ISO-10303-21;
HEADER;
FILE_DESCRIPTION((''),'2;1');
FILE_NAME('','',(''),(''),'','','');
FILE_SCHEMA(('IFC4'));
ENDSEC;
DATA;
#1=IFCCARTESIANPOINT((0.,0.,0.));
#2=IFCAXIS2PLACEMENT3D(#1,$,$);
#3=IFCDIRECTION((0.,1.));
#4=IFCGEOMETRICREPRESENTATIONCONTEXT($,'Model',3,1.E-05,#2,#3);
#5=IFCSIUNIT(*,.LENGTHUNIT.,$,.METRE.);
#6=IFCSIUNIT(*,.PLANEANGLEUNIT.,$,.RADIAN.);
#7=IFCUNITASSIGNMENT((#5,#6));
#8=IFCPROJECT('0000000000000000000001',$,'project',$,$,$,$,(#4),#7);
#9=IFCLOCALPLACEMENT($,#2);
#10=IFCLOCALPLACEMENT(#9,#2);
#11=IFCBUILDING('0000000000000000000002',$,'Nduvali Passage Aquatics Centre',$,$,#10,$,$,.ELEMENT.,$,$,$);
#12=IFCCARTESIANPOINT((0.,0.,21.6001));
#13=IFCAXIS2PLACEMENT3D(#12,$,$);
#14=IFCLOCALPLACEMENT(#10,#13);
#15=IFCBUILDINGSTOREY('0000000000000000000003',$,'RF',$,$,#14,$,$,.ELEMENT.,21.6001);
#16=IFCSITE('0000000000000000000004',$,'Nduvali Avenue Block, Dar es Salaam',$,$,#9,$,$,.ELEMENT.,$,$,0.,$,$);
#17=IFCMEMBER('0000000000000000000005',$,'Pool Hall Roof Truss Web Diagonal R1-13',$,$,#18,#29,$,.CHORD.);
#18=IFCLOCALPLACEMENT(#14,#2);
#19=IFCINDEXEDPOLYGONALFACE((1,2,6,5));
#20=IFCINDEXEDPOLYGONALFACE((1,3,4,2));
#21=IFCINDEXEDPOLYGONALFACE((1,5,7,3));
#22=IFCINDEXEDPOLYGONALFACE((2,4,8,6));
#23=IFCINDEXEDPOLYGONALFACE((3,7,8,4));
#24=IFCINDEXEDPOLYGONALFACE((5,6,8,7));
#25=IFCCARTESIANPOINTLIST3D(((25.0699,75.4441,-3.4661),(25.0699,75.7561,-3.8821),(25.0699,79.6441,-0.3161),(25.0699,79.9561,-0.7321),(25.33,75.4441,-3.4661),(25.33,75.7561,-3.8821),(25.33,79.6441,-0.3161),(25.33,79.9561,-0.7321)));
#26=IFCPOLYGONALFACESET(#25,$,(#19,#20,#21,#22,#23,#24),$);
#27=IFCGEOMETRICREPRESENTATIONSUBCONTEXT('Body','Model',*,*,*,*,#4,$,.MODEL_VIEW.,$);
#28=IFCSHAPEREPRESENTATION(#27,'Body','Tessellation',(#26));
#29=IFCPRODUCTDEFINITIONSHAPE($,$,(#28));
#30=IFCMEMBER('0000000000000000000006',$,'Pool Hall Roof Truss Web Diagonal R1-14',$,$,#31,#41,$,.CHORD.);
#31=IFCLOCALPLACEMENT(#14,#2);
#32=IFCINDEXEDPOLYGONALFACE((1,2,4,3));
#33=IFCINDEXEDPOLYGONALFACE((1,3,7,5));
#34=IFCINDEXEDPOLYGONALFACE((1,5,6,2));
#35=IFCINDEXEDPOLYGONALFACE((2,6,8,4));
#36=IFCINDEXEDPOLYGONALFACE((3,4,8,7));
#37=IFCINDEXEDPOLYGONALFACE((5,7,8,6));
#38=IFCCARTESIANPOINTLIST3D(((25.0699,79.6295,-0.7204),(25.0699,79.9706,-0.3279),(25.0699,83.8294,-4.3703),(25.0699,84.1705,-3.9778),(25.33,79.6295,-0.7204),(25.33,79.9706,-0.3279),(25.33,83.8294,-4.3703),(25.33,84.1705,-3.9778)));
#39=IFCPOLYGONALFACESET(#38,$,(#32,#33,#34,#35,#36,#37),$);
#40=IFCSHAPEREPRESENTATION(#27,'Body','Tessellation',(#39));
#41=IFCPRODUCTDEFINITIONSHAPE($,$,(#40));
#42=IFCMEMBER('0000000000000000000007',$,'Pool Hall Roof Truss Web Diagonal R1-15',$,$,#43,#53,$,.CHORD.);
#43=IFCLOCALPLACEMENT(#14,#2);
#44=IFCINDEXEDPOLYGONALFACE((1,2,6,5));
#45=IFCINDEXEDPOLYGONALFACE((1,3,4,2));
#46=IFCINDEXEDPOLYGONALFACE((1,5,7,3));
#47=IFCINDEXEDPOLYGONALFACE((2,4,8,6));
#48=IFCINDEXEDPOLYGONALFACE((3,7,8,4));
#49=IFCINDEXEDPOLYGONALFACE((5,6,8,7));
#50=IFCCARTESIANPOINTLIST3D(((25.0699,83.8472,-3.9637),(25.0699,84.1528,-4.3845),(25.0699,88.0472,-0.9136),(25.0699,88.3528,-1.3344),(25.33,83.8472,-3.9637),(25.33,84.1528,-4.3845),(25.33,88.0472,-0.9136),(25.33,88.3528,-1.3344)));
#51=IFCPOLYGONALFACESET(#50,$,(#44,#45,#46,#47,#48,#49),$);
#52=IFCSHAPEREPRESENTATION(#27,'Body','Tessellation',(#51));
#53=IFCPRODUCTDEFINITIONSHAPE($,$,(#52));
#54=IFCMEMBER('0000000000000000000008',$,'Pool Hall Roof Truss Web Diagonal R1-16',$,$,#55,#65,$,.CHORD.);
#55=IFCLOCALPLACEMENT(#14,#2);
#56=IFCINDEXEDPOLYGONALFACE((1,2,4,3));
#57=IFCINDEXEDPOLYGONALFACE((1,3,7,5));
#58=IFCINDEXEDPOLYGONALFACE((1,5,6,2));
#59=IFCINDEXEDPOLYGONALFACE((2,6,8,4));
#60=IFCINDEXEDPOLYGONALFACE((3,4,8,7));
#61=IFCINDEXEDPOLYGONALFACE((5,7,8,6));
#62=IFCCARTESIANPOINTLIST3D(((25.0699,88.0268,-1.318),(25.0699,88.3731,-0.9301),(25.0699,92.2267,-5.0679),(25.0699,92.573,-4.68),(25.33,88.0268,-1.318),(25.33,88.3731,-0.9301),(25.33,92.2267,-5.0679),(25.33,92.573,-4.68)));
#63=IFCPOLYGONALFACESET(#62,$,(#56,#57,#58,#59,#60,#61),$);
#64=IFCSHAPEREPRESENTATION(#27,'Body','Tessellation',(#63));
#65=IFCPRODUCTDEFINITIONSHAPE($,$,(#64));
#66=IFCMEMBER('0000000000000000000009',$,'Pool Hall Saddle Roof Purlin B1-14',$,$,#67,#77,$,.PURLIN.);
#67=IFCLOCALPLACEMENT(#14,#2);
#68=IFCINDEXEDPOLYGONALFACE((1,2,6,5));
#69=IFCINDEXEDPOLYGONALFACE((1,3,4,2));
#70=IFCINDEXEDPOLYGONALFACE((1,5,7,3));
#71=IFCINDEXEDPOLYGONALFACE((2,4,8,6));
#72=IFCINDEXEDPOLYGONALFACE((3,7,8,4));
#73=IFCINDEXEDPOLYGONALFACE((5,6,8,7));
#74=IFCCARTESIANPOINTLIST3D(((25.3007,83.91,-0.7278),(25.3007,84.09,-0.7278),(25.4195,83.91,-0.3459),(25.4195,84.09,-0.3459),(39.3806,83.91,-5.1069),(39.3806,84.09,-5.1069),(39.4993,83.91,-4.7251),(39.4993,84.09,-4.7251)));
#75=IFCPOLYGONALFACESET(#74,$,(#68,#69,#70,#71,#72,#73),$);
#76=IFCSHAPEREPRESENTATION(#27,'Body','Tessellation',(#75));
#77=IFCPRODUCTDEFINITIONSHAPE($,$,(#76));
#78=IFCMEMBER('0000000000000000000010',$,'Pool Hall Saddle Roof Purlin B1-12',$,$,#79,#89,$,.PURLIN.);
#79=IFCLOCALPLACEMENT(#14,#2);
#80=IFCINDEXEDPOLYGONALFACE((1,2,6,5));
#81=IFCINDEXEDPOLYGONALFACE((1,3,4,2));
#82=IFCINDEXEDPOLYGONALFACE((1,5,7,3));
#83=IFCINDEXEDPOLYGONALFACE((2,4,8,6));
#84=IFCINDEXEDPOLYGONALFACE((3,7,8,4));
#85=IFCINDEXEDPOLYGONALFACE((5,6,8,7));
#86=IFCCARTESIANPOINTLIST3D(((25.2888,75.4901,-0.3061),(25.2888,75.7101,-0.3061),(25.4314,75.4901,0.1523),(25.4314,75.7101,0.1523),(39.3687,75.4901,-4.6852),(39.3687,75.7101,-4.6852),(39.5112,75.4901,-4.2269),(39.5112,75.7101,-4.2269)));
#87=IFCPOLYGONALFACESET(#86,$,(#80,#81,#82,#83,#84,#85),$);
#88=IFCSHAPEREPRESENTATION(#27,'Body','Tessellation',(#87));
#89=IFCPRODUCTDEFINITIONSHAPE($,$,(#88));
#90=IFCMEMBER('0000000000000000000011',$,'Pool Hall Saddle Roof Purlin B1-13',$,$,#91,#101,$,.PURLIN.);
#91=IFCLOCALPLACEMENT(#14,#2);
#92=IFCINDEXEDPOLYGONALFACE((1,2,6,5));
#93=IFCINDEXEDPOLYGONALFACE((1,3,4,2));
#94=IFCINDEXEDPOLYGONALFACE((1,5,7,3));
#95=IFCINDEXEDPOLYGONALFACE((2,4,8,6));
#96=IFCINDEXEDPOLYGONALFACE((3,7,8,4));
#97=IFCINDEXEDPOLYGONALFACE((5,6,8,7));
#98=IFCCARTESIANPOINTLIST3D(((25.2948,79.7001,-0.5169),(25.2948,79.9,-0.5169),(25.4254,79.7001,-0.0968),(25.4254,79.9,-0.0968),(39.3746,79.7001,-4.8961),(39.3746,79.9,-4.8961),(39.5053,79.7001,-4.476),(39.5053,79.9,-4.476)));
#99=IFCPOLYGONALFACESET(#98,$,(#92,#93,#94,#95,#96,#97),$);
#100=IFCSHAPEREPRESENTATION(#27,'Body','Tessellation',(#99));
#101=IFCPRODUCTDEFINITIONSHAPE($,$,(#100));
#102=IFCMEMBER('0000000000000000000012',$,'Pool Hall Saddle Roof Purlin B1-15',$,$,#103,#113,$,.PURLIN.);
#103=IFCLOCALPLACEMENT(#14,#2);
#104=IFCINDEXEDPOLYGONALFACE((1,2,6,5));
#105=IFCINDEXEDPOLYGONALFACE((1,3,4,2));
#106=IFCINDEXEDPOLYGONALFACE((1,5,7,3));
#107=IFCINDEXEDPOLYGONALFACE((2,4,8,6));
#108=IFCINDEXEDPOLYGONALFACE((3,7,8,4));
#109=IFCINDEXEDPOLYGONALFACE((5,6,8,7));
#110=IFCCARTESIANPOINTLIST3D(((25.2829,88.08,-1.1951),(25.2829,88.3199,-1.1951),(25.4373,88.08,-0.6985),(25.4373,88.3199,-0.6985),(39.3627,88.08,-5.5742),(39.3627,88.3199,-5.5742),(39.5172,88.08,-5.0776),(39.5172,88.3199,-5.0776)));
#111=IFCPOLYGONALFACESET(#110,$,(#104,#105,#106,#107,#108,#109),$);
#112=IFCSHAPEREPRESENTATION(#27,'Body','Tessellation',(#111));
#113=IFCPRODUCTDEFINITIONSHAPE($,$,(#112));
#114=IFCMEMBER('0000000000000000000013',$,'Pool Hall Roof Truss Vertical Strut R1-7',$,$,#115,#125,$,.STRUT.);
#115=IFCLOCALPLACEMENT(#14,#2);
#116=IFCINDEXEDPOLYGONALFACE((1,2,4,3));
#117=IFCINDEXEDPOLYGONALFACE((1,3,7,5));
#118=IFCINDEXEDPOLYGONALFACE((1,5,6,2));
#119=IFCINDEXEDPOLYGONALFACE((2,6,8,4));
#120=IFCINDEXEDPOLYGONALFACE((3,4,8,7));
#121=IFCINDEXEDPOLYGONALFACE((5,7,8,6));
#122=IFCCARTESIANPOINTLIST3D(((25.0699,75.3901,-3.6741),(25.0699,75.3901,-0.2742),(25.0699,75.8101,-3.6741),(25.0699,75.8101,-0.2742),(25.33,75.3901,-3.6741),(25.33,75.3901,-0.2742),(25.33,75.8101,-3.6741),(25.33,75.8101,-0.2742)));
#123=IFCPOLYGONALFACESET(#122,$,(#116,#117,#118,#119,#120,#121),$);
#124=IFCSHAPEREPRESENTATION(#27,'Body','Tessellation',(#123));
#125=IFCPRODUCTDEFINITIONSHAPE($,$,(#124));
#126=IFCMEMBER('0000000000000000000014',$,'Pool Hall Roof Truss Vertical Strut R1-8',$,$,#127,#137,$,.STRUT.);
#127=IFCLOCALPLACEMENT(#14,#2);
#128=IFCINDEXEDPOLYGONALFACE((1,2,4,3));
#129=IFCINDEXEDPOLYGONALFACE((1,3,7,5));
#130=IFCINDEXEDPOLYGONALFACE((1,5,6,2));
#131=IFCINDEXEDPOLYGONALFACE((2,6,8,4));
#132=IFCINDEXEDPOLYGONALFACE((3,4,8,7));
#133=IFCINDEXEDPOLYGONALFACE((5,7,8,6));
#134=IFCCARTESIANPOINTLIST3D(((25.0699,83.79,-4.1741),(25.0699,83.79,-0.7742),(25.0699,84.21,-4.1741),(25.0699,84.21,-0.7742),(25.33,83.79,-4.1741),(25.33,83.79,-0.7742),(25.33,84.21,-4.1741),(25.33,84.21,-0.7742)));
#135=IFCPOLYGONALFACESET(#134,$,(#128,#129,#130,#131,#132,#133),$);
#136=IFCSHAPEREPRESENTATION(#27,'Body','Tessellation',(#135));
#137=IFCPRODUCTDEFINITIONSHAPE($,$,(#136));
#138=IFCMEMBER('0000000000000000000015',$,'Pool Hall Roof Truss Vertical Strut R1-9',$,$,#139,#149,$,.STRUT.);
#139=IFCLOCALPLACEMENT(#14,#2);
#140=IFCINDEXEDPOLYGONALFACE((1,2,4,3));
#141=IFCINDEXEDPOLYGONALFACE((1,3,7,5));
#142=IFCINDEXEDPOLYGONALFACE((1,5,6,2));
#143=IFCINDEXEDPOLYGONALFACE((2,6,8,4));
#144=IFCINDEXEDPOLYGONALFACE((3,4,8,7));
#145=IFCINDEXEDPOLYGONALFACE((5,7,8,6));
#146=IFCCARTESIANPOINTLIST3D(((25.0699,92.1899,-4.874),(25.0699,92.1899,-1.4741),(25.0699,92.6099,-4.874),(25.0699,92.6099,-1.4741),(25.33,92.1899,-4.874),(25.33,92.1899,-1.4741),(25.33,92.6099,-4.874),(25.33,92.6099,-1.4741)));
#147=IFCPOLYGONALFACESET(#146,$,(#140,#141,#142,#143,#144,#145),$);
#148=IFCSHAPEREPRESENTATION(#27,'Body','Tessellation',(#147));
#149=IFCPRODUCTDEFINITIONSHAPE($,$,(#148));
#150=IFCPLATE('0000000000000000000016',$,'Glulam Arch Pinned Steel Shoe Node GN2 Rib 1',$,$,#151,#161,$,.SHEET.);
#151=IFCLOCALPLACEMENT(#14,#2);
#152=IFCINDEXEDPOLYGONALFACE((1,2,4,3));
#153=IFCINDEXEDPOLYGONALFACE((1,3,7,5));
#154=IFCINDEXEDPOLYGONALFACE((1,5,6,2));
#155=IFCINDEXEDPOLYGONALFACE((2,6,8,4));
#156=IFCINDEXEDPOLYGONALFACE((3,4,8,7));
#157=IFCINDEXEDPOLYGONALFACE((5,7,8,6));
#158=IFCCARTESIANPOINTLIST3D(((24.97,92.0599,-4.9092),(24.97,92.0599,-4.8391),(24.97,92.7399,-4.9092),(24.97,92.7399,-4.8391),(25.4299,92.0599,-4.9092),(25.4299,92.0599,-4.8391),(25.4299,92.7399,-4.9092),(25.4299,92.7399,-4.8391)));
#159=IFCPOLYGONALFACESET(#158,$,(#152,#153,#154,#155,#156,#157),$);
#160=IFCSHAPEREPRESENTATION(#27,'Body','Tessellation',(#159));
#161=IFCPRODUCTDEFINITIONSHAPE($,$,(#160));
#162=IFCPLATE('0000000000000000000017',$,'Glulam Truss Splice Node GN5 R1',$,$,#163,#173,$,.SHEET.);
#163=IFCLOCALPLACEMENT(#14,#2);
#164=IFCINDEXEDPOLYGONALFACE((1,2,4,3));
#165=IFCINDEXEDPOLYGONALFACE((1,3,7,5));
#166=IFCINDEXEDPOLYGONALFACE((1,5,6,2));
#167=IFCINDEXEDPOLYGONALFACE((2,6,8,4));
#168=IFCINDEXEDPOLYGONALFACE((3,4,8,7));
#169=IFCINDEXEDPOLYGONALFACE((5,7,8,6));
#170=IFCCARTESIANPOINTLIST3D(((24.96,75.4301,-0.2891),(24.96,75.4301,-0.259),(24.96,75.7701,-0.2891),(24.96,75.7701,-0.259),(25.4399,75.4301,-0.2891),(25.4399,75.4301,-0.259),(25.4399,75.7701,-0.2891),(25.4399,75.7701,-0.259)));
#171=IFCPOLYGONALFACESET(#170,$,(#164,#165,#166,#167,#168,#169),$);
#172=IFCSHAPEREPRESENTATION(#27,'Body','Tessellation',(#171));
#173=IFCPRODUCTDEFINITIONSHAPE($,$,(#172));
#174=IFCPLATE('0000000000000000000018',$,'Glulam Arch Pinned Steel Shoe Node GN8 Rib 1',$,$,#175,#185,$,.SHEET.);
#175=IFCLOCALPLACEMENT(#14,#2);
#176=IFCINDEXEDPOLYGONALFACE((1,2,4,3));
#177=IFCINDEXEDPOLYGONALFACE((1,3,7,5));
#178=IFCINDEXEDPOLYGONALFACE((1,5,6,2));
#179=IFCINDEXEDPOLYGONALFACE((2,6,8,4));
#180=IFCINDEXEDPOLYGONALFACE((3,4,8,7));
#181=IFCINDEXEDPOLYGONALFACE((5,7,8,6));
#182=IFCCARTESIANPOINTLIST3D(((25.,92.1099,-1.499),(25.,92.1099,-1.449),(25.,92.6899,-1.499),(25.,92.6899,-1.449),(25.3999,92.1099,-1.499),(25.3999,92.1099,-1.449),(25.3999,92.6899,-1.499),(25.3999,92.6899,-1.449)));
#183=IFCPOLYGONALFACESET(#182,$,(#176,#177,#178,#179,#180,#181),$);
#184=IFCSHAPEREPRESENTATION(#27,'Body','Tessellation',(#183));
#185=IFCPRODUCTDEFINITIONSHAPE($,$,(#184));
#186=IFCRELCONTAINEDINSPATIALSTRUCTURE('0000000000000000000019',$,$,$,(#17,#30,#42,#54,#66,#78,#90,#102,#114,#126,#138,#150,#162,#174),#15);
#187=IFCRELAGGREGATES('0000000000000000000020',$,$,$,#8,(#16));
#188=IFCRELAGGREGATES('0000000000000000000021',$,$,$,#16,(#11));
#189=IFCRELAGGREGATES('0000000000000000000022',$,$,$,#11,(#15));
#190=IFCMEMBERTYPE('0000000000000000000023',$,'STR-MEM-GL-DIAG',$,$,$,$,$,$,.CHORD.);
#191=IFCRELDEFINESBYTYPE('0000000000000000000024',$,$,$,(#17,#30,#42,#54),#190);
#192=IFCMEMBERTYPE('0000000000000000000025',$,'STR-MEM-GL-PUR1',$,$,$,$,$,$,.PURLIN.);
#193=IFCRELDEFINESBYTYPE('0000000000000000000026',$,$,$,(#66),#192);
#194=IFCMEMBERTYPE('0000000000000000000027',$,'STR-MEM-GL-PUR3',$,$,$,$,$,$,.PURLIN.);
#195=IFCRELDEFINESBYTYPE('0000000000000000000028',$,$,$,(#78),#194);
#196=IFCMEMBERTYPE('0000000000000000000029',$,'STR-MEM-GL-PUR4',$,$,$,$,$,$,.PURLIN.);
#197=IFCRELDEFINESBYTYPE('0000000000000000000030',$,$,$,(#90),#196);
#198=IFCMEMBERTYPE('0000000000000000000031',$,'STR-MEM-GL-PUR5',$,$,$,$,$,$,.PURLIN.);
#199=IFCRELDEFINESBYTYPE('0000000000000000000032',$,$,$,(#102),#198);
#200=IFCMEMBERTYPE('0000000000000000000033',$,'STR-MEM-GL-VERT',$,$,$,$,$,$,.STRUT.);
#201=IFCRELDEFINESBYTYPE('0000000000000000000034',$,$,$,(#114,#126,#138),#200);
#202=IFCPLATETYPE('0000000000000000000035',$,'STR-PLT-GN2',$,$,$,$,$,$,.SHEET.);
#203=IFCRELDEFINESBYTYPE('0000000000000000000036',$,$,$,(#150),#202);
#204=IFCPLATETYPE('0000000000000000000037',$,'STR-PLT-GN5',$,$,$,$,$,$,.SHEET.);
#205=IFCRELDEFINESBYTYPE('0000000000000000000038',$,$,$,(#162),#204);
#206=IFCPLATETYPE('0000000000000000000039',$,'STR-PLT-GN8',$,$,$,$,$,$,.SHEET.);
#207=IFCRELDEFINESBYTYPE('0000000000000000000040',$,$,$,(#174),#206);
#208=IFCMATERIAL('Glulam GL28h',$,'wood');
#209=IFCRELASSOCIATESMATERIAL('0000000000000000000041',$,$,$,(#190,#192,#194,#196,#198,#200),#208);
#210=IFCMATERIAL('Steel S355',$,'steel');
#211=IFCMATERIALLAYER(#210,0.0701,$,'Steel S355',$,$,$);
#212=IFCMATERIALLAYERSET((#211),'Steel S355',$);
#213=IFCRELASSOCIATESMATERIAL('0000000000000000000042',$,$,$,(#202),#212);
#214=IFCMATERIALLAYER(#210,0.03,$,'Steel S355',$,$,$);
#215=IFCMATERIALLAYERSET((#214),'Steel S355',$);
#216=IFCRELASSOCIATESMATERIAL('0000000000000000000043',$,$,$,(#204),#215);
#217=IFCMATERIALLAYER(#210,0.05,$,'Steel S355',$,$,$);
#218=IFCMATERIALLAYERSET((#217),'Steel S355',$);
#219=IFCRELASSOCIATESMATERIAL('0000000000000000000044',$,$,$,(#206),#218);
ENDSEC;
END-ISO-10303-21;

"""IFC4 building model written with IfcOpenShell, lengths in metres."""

from ifc_helpers import new_model, si_unit, direction, frame, origin, origin_2d, place, context, subcontext, project, spatial, rectangle, extrude, material, layer, layer_set, material_profile, profile_set, type_object, element, save


model = new_model("IFC4")

# Units and contexts
model_context = context("Model", 3, precision=1e-05, world=origin(), true_north=direction((0.0, 1.0)))
body_context = subcontext(model_context, "Body", "Model", "MODEL_VIEW")
ifc_project = project(units=[si_unit("LENGTHUNIT", "METRE"), si_unit("PLANEANGLEUNIT", "RADIAN")], contexts=[model_context])

# Site, building, storey
site_placement = place(None, origin())
site = spatial("IfcSite", under=ifc_project, at=site_placement, Name="Nduvali Avenue Block, Dar es Salaam", CompositionType="ELEMENT", RefElevation=0.0)
building_placement = place(site_placement, origin())
building = spatial("IfcBuilding", under=site, at=building_placement, Name="Nduvali Passage Aquatics Centre", CompositionType="ELEMENT")
storey_placement = place(building_placement, frame((0.0, 0.0, 21.6001)))
storey = spatial("IfcBuildingStorey", under=building, at=storey_placement, Name="RF", CompositionType="ELEMENT", Elevation=21.6001)

# Shared definitions
ifc_material_1 = material(Name="Steel S355", Category="steel")

# Members
ifc_material_2 = material(Name="Glulam GL28h", Category="wood")
ifc_material_profile_1 = material_profile(ifc_material_2, rectangle(XDim=0.26, YDim=0.52, at=origin_2d()), Name="GL28h 260x520")
ifc_profile_set_1 = profile_set([ifc_material_profile_1], Name="Glulam GL28h")
member_type_1 = type_object("IfcMemberType", Name="STR-MEM-GL-DIAG", PredefinedType="CHORD", material=ifc_profile_set_1)
member_1_placement = place(storey_placement, frame((25.2, 75.6001, -3.6741), z_axis=(0.0, 0.800006, 0.599993), x_axis=(-1.0, 0.0, 0.0)))
element("IfcMember", 1, at=member_1_placement, inside=storey, type_object=member_type_1, Name="Pool Hall Roof Truss Web Diagonal R1-13", PredefinedType="CHORD", context=body_context, shape_type="SweptSolid", body=[
    extrude(rectangle(XDim=0.26, YDim=0.52, at=origin_2d()), origin(), (0.0, 0.0, 1.0), 5.25),
])
member_2_placement = place(storey_placement, frame((25.2, 79.8, -0.5242), z_axis=(0.0, 0.754804, -0.655951), x_axis=(-1.0, 0.0, 0.0)))
element("IfcMember", 2, at=member_2_placement, inside=storey, type_object=member_type_1, Name="Pool Hall Roof Truss Web Diagonal R1-14", PredefinedType="CHORD", context=body_context, shape_type="SweptSolid", body=[
    extrude(rectangle(XDim=0.26, YDim=0.52, at=origin_2d()), origin(), (0.0, 0.0, 1.0), 5.5642),
])
member_3_placement = place(storey_placement, frame((25.2, 84.0, -4.1741), z_axis=(0.0, 0.809145, 0.587609), x_axis=(-1.0, 0.0, 0.0)))
element("IfcMember", 3, at=member_3_placement, inside=storey, type_object=member_type_1, Name="Pool Hall Roof Truss Web Diagonal R1-15", PredefinedType="CHORD", context=body_context, shape_type="SweptSolid", body=[
    extrude(rectangle(XDim=0.26, YDim=0.52, at=origin_2d()), origin(), (0.0, 0.0, 1.0), 5.1907),
])
member_4_placement = place(storey_placement, frame((25.2, 88.2, -1.124), z_axis=(0.0, 0.745934, -0.66602), x_axis=(-1.0, 0.0, 0.0)))
element("IfcMember", 4, at=member_4_placement, inside=storey, type_object=member_type_1, Name="Pool Hall Roof Truss Web Diagonal R1-16", PredefinedType="CHORD", context=body_context, shape_type="SweptSolid", body=[
    extrude(rectangle(XDim=0.26, YDim=0.52, at=origin_2d()), origin(), (0.0, 0.0, 1.0), 5.6304),
])
ifc_material_profile_2 = material_profile(ifc_material_2, rectangle(XDim=0.1799, YDim=0.3999, at=origin_2d()), Name="GL28h 180x400")
ifc_profile_set_2 = profile_set([ifc_material_profile_2], Name="Glulam GL28h")
member_type_2 = type_object("IfcMemberType", Name="STR-MEM-GL-PUR1", PredefinedType="PURLIN", material=ifc_profile_set_2)
member_5_placement = place(storey_placement, frame((25.3601, 84.0, -0.5369), z_axis=(0.954881, 0.0, -0.29699), x_axis=(0.0, 1.0, 0.0)))
element("IfcMember", 5, at=member_5_placement, inside=storey, type_object=member_type_2, Name="Pool Hall Saddle Roof Purlin B1-14", PredefinedType="PURLIN", context=body_context, shape_type="SweptSolid", body=[
    extrude(rectangle(XDim=0.1799, YDim=0.3999, at=origin_2d()), origin(), (0.0, 0.0, 1.0), 14.7451),
])
ifc_material_profile_3 = material_profile(ifc_material_2, rectangle(XDim=0.22, YDim=0.48, at=origin_2d()), Name="GL28h 220x480")
ifc_profile_set_3 = profile_set([ifc_material_profile_3], Name="Glulam GL28h")
member_type_3 = type_object("IfcMemberType", Name="STR-MEM-GL-PUR3", PredefinedType="PURLIN", material=ifc_profile_set_3)
member_6_placement = place(storey_placement, frame((25.3601, 75.6001, -0.0769), z_axis=(0.954881, 0.0, -0.29699), x_axis=(0.0, 1.0, 0.0)))
element("IfcMember", 6, at=member_6_placement, inside=storey, type_object=member_type_3, Name="Pool Hall Saddle Roof Purlin B1-12", PredefinedType="PURLIN", context=body_context, shape_type="SweptSolid", body=[
    extrude(rectangle(XDim=0.22, YDim=0.48, at=origin_2d()), origin(), (0.0, 0.0, 1.0), 14.7451),
])
ifc_material_profile_4 = material_profile(ifc_material_2, rectangle(XDim=0.2, YDim=0.4399, at=origin_2d()), Name="GL28h 200x440")
ifc_profile_set_4 = profile_set([ifc_material_profile_4], Name="Glulam GL28h")
member_type_4 = type_object("IfcMemberType", Name="STR-MEM-GL-PUR4", PredefinedType="PURLIN", material=ifc_profile_set_4)
member_7_placement = place(storey_placement, frame((25.3601, 79.8, -0.3069), z_axis=(0.954881, 0.0, -0.29699), x_axis=(0.0, 1.0, 0.0)))
element("IfcMember", 7, at=member_7_placement, inside=storey, type_object=member_type_4, Name="Pool Hall Saddle Roof Purlin B1-13", PredefinedType="PURLIN", context=body_context, shape_type="SweptSolid", body=[
    extrude(rectangle(XDim=0.2, YDim=0.4399, at=origin_2d()), origin(), (0.0, 0.0, 1.0), 14.7451),
])
ifc_material_profile_5 = material_profile(ifc_material_2, rectangle(XDim=0.24, YDim=0.52, at=origin_2d()), Name="GL28h 240x520")
ifc_profile_set_5 = profile_set([ifc_material_profile_5], Name="Glulam GL28h")
member_type_5 = type_object("IfcMemberType", Name="STR-MEM-GL-PUR5", PredefinedType="PURLIN", material=ifc_profile_set_5)
member_8_placement = place(storey_placement, frame((25.3601, 88.2, -0.9468), z_axis=(0.954881, 0.0, -0.29699), x_axis=(0.0, 1.0, 0.0)))
element("IfcMember", 8, at=member_8_placement, inside=storey, type_object=member_type_5, Name="Pool Hall Saddle Roof Purlin B1-15", PredefinedType="PURLIN", context=body_context, shape_type="SweptSolid", body=[
    extrude(rectangle(XDim=0.24, YDim=0.52, at=origin_2d()), origin(), (0.0, 0.0, 1.0), 14.7451),
])
ifc_material_profile_6 = material_profile(ifc_material_2, rectangle(XDim=0.26, YDim=0.4199, at=origin_2d()), Name="GL28h 260x420")
ifc_profile_set_6 = profile_set([ifc_material_profile_6], Name="Glulam GL28h")
member_type_6 = type_object("IfcMemberType", Name="STR-MEM-GL-VERT", PredefinedType="STRUT", material=ifc_profile_set_6)
for number, where, z_axis, x_axis, name in (
    (9, (25.2, 75.6001, -3.6741), (0.0, 0.0, 1.0), (1.0, 0.0, 0.0), "Pool Hall Roof Truss Vertical Strut R1-7"),
    (10, (25.2, 84.0, -4.1741), (0.0, 0.0, 1.0), (1.0, 0.0, 0.0), "Pool Hall Roof Truss Vertical Strut R1-8"),
    (11, (25.2, 92.3999, -4.874), (0.0, 0.0, 1.0), (1.0, 0.0, 0.0), "Pool Hall Roof Truss Vertical Strut R1-9"),
):
    element("IfcMember", number, at=place(storey_placement, frame(where, z_axis=z_axis, x_axis=x_axis)), inside=storey, type_object=member_type_6, Name=name, PredefinedType="STRUT", context=body_context, shape_type="SweptSolid", body=[
        extrude(rectangle(XDim=0.26, YDim=0.4199, at=origin_2d()), origin(), (0.0, 0.0, 1.0), 3.3999),
    ])

# Plates
ifc_layer_1 = layer(ifc_material_1, 0.0701, Name="Steel S355")
ifc_layer_set_1 = layer_set([ifc_layer_1], Name="Steel S355")
plate_type_1 = type_object("IfcPlateType", Name="STR-PLT-GN2", PredefinedType="SHEET", material=ifc_layer_set_1)
plate_1_placement = place(storey_placement, frame((25.2, 92.3999, -4.9092), z_axis=(0.0, 0.0, 1.0), x_axis=(0.0, 1.0, 0.0)))
element("IfcPlate", 12, at=plate_1_placement, inside=storey, type_object=plate_type_1, Name="Glulam Arch Pinned Steel Shoe Node GN2 Rib 1", PredefinedType="SHEET", context=body_context, shape_type="SweptSolid", body=[
    extrude(rectangle(XDim=0.6799, YDim=0.46, at=origin_2d()), origin(), (0.0, 0.0, 1.0), 0.0701),
])
ifc_layer_2 = layer(ifc_material_1, 0.03, Name="Steel S355")
ifc_layer_set_2 = layer_set([ifc_layer_2], Name="Steel S355")
plate_type_2 = type_object("IfcPlateType", Name="STR-PLT-GN5", PredefinedType="SHEET", material=ifc_layer_set_2)
plate_2_placement = place(storey_placement, frame((25.2, 75.6001, -0.2891), z_axis=(0.0, 0.0, 1.0), x_axis=(1.0, 0.0, 0.0)))
element("IfcPlate", 13, at=plate_2_placement, inside=storey, type_object=plate_type_2, Name="Glulam Truss Splice Node GN5 R1", PredefinedType="SHEET", context=body_context, shape_type="SweptSolid", body=[
    extrude(rectangle(XDim=0.48, YDim=0.3401, at=origin_2d()), origin(), (0.0, 0.0, 1.0), 0.03),
])
ifc_layer_3 = layer(ifc_material_1, 0.05, Name="Steel S355")
ifc_layer_set_3 = layer_set([ifc_layer_3], Name="Steel S355")
plate_type_3 = type_object("IfcPlateType", Name="STR-PLT-GN8", PredefinedType="SHEET", material=ifc_layer_set_3)
plate_3_placement = place(storey_placement, frame((25.2, 92.3999, -1.499), z_axis=(0.0, 0.0, 1.0), x_axis=(0.0, 1.0, 0.0)))
element("IfcPlate", 14, at=plate_3_placement, inside=storey, type_object=plate_type_3, Name="Glulam Arch Pinned Steel Shoe Node GN8 Rib 1", PredefinedType="SHEET", context=body_context, shape_type="SweptSolid", body=[
    extrude(rectangle(XDim=0.5801, YDim=0.3999, at=origin_2d()), origin(), (0.0, 0.0, 1.0), 0.05),
])

save(model, "model.ifc")
